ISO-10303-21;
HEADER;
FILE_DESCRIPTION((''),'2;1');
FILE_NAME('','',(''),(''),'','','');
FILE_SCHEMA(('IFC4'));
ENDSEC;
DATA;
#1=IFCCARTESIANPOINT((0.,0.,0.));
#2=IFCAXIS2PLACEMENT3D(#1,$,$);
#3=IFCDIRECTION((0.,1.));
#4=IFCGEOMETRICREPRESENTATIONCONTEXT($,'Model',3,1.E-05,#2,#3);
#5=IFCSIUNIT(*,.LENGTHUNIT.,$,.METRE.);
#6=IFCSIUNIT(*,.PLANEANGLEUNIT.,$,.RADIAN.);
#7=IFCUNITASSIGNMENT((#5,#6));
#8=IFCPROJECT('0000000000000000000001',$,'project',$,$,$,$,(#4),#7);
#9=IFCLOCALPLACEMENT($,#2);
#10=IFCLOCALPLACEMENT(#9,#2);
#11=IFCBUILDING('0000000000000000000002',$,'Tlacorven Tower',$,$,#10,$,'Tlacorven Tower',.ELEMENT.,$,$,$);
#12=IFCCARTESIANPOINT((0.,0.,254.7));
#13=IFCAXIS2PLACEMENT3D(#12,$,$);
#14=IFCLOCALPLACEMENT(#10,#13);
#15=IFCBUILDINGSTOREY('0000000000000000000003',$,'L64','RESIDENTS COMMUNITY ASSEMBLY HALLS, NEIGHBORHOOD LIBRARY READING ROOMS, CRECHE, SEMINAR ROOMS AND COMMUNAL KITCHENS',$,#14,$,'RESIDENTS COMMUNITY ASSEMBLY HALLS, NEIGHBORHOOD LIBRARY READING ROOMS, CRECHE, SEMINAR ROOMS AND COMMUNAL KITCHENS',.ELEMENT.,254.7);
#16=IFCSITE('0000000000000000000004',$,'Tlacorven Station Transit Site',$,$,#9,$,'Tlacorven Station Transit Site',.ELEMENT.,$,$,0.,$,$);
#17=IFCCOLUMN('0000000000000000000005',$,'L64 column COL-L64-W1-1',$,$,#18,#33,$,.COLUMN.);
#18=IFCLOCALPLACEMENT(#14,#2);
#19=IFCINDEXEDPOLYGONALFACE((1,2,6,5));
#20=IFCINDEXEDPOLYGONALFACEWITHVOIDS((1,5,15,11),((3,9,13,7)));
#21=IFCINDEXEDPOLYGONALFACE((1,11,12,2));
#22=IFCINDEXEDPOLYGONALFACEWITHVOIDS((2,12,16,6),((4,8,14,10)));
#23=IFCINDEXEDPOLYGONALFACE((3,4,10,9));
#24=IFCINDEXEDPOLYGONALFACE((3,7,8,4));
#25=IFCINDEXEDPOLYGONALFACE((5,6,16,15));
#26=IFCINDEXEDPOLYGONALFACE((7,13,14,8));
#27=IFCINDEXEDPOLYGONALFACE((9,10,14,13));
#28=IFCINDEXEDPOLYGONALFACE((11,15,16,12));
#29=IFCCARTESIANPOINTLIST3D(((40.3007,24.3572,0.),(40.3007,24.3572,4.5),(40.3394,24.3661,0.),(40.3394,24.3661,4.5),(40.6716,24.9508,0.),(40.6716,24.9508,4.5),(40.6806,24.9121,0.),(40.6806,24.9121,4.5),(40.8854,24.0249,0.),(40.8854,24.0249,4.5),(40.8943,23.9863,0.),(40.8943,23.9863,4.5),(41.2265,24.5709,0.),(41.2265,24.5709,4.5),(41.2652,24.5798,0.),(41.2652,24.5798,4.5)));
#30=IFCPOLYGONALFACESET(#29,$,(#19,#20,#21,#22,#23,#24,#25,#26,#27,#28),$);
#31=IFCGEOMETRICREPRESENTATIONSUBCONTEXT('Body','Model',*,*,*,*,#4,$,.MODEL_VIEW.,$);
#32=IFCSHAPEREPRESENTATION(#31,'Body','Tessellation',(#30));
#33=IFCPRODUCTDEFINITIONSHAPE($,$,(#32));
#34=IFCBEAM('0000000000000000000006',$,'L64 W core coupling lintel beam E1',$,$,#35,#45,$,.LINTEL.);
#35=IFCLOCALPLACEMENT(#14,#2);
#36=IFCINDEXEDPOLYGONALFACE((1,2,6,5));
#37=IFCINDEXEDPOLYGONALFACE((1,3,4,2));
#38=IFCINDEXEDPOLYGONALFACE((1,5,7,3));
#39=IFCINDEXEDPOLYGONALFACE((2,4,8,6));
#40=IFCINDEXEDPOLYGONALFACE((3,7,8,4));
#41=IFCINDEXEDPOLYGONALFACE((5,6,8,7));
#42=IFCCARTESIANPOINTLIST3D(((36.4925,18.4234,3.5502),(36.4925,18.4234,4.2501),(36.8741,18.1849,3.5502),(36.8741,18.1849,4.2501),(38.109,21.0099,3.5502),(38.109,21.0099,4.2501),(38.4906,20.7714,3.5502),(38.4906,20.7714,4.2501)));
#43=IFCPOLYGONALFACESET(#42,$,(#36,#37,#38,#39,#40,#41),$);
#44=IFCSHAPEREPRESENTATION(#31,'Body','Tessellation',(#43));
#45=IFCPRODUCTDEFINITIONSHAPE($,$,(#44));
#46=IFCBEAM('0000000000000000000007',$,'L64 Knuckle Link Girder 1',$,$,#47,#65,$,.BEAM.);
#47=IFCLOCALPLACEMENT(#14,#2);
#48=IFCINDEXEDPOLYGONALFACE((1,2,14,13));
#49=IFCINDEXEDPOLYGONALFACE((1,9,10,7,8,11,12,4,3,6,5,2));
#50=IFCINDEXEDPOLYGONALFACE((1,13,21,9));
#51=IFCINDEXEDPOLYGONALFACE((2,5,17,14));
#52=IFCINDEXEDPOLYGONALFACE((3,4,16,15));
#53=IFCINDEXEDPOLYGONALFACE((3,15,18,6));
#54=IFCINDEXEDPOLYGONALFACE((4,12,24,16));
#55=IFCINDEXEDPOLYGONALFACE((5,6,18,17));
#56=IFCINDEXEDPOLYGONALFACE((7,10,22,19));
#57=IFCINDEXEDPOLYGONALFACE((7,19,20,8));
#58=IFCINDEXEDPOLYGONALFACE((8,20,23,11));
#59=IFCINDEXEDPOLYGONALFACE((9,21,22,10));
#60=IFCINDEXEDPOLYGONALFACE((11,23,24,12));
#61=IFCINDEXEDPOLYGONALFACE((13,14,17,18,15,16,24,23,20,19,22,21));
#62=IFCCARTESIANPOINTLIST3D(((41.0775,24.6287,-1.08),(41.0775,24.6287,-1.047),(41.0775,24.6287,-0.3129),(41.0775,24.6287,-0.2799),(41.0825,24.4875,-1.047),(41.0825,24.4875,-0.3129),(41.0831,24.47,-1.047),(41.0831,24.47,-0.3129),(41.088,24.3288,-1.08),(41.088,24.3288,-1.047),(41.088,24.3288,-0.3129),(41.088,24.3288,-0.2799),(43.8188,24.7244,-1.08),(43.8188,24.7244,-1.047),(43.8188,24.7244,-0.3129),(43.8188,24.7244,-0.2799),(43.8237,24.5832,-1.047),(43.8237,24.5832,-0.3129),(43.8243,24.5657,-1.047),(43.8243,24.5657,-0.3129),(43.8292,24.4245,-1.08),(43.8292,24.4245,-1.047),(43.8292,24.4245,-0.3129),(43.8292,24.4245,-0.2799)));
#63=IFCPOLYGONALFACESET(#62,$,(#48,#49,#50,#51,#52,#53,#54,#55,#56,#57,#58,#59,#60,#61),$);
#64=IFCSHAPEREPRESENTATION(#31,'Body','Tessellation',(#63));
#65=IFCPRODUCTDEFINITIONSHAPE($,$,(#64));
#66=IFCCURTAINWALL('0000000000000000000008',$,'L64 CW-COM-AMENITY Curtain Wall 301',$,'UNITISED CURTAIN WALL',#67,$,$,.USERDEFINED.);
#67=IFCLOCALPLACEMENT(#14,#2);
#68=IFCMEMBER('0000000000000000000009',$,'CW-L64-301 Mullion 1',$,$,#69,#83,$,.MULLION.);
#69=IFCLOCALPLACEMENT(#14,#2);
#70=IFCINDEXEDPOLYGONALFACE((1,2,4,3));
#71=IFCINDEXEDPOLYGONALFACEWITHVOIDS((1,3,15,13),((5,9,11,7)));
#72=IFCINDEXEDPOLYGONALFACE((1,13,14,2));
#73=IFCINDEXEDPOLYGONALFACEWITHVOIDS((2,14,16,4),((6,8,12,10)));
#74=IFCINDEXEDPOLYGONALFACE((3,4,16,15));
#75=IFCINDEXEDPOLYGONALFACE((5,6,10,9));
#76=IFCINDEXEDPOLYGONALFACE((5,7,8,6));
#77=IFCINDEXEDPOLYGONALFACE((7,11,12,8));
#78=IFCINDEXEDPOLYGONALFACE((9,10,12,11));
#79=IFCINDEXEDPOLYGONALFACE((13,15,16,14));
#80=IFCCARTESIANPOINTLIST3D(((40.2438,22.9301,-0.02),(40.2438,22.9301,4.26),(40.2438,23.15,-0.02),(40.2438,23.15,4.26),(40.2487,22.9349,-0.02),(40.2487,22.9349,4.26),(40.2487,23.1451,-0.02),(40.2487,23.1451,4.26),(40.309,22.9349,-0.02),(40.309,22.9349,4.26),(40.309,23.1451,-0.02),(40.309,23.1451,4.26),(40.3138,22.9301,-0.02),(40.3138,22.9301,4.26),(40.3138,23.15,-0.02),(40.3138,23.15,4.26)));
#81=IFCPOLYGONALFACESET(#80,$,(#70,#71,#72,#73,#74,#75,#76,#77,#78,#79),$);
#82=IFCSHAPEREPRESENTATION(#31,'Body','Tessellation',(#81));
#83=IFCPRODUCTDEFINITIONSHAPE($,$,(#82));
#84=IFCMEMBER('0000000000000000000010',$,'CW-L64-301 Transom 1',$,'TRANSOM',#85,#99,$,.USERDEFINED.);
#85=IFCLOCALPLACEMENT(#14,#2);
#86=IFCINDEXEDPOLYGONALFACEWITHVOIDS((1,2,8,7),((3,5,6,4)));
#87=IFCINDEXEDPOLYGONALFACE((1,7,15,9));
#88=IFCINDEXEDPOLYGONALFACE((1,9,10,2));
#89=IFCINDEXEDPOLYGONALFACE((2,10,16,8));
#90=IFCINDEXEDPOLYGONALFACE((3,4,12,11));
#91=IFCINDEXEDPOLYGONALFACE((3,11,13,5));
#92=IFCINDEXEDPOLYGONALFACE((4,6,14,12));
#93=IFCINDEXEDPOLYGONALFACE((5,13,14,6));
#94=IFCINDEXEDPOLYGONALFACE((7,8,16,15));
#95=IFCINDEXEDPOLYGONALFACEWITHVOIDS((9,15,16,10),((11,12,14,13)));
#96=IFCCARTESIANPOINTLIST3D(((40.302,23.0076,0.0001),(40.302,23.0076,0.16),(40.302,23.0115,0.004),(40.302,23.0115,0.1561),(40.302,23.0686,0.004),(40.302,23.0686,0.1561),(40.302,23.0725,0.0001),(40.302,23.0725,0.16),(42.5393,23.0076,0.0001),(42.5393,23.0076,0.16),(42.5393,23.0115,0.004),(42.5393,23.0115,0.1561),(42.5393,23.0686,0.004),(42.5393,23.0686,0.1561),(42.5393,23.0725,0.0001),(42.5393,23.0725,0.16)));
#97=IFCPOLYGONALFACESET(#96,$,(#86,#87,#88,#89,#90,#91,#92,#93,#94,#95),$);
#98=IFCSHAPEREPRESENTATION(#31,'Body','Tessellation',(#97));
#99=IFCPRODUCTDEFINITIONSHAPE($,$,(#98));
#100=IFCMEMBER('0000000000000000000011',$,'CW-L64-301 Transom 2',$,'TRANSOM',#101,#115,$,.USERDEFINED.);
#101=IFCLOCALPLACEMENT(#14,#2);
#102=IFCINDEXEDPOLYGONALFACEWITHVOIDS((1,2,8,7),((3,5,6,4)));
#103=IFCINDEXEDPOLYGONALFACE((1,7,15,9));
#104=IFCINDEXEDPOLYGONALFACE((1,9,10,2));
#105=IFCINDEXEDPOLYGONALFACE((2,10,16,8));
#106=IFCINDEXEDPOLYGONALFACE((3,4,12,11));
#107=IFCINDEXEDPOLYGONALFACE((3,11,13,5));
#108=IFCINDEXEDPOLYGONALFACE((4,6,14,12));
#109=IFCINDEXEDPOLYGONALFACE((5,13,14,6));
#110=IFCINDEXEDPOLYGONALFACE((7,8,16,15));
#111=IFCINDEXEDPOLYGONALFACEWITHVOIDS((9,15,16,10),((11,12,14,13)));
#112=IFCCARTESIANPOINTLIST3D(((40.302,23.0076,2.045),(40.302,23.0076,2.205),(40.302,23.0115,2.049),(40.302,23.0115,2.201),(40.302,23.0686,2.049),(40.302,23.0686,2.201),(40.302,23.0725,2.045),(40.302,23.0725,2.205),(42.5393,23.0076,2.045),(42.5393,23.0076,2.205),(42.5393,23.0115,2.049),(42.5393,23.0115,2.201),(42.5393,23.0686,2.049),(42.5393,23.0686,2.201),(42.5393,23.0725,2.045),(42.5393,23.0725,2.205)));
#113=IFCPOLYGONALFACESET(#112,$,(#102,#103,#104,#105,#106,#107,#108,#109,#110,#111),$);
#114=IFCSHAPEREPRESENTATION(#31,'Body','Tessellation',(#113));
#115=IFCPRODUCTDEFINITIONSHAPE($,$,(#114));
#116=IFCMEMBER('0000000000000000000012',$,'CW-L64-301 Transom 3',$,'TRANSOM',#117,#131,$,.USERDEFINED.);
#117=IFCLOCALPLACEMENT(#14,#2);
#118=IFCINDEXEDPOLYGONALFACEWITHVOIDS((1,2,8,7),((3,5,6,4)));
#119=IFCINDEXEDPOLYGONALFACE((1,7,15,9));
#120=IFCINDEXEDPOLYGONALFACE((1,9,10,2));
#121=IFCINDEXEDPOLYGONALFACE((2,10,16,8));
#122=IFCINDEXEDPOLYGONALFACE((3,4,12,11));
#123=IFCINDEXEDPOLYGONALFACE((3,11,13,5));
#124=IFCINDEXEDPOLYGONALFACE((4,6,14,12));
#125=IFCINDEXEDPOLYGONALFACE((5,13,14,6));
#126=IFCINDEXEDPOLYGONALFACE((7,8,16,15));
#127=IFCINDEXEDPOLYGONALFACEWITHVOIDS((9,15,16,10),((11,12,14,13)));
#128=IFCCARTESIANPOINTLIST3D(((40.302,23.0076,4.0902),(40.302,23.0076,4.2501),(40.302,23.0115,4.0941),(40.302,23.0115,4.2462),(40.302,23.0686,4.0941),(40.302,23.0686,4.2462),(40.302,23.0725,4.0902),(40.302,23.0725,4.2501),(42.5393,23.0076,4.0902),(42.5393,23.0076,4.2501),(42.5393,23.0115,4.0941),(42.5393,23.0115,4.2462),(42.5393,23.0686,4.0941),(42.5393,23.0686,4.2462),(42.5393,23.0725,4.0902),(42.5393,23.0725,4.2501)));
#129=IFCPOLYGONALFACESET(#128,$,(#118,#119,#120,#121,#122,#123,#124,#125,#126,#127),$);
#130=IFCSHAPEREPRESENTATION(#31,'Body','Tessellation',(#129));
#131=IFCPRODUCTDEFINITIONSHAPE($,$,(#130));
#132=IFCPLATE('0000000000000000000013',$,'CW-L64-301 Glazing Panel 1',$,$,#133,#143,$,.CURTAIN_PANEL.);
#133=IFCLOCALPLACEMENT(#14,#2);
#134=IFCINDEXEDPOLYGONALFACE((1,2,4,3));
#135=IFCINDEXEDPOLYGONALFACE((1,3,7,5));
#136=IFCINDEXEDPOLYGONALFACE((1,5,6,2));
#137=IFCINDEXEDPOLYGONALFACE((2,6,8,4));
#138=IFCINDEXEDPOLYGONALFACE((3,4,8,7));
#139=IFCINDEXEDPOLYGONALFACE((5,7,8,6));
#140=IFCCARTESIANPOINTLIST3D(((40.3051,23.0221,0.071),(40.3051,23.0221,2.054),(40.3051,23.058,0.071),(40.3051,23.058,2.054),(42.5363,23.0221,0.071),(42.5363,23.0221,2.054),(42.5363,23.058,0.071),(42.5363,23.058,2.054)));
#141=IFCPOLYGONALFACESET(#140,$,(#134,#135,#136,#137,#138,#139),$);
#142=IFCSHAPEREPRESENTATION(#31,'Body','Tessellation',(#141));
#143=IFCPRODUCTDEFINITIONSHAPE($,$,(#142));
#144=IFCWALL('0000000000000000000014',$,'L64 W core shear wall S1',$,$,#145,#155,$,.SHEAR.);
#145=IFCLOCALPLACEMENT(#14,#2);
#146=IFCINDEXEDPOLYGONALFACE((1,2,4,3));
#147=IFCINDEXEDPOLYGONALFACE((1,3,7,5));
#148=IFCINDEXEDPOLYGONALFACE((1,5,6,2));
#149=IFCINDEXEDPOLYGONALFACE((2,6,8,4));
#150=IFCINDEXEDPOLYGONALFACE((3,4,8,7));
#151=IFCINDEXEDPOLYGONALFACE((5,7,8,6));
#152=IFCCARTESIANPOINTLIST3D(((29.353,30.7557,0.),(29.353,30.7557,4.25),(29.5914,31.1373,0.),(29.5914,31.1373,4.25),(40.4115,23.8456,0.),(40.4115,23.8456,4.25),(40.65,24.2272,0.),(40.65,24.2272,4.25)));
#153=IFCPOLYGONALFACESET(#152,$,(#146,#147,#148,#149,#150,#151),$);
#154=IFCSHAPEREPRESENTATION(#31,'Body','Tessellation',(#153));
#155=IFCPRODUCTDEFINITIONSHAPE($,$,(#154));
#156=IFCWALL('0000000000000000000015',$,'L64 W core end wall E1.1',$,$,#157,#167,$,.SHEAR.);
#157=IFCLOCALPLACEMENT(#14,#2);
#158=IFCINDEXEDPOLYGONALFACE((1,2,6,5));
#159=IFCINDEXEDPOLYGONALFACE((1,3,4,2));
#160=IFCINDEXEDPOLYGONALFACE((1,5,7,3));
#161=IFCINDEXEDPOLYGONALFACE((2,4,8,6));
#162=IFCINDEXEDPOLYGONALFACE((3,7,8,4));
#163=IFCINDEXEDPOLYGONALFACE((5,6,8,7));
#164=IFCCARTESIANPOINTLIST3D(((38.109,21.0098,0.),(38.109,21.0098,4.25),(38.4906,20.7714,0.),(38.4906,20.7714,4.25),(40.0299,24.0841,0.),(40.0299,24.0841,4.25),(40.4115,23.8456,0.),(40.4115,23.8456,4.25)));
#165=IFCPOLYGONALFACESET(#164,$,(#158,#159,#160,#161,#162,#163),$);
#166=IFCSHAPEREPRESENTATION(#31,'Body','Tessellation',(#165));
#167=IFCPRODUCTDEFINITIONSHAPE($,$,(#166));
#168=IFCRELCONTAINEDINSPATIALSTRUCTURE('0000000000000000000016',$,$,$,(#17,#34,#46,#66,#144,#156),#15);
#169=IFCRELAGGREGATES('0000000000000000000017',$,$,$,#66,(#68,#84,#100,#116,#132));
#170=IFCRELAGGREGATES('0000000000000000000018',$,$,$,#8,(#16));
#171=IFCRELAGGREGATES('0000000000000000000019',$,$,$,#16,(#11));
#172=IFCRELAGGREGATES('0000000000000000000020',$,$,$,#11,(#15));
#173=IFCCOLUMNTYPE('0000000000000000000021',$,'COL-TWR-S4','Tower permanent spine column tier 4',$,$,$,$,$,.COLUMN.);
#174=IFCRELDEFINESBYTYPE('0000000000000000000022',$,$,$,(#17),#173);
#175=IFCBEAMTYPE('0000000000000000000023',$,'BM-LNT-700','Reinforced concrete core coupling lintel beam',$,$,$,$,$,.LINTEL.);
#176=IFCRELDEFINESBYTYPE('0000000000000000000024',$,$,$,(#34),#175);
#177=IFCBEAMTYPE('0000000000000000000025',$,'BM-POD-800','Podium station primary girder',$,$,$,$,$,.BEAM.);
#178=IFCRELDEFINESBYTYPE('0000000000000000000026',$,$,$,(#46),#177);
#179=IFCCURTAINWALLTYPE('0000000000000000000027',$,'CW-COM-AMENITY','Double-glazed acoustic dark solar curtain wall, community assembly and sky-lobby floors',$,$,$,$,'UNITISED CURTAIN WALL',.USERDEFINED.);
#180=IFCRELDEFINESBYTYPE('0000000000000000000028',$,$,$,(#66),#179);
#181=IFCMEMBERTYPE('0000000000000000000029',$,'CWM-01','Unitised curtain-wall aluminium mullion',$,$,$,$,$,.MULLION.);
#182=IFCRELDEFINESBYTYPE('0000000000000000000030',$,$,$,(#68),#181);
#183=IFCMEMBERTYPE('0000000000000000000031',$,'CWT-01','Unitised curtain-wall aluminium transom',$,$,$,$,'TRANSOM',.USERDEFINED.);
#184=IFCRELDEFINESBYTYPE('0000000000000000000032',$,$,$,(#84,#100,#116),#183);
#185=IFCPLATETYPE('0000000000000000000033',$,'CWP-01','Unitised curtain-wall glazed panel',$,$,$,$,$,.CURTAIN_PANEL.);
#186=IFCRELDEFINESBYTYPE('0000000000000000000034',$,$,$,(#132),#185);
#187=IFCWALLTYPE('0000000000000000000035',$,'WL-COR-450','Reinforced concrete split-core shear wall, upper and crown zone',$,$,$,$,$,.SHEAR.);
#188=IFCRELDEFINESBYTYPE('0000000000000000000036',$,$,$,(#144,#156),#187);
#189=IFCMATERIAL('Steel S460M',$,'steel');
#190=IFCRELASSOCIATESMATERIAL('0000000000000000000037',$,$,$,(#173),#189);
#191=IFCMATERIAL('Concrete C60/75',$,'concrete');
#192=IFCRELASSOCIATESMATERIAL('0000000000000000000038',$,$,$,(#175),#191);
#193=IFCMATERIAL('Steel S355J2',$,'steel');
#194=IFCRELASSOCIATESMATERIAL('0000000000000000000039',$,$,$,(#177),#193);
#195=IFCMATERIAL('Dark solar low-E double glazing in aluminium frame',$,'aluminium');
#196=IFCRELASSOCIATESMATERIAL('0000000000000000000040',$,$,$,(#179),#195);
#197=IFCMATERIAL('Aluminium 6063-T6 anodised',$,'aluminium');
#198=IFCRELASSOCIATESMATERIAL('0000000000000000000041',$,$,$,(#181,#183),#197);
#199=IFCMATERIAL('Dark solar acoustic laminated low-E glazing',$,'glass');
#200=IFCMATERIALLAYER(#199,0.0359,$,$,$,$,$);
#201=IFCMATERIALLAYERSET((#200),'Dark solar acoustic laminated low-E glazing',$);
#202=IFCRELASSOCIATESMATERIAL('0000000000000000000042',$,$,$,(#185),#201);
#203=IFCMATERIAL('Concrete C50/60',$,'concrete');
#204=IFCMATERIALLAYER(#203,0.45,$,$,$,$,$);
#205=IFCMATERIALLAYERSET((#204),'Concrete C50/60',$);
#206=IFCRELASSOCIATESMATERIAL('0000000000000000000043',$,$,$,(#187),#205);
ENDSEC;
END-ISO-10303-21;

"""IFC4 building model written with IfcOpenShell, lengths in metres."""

from ifc_helpers import new_model, si_unit, direction, frame, frame_2d, origin, origin_2d, place, context, subcontext, project, spatial, rectangle, hollow_rectangle, i_section, extrude, source, transform, mapped, material, layer, layer_set, material_profile, profile_set, type_object, element, aggregate, save


model = new_model("IFC4")

# Units and contexts
model_context = context("Model", 3, precision=1e-05, world=origin(), true_north=direction((0.0, 1.0)))
body_context = subcontext(model_context, "Body", "Model", "MODEL_VIEW")
ifc_project = project(units=[si_unit("LENGTHUNIT", "METRE"), si_unit("PLANEANGLEUNIT", "RADIAN")], contexts=[model_context])

# Site, building, storey
site_placement = place(None, origin())
site = spatial("IfcSite", under=ifc_project, at=site_placement, Name="Tlacorven Station Transit Site", LongName="Tlacorven Station Transit Site", CompositionType="ELEMENT", RefElevation=0.0)
building_placement = place(site_placement, origin())
building = spatial("IfcBuilding", under=site, at=building_placement, Name="Tlacorven Tower", LongName="Tlacorven Tower", CompositionType="ELEMENT")
storey_placement = place(building_placement, frame((0.0, 0.0, 254.7)))
storey = spatial("IfcBuildingStorey", under=building, at=storey_placement, Name="L64", Description="RESIDENTS COMMUNITY ASSEMBLY HALLS, NEIGHBORHOOD LIBRARY READING ROOMS, CRECHE, SEMINAR ROOMS AND COMMUNAL KITCHENS", LongName="RESIDENTS COMMUNITY ASSEMBLY HALLS, NEIGHBORHOOD LIBRARY READING ROOMS, CRECHE, SEMINAR ROOMS AND COMMUNAL KITCHENS", CompositionType="ELEMENT", Elevation=254.7)

# Column
ifc_material_1 = material(Name="Steel S460M", Category="steel")
ifc_material_profile_1 = material_profile(ifc_material_1, hollow_rectangle(XDim=0.7, YDim=0.7, WallThickness=0.0281, at=origin_2d()), Name="BOX 700X700X28")
ifc_profile_set_1 = profile_set([ifc_material_profile_1], Name="Steel S460M")
column_type = type_object("IfcColumnType", Name="COL-TWR-S4", Description="Tower permanent spine column tier 4", PredefinedType="COLUMN", material=ifc_profile_set_1)
shared_shape_1 = source(origin(), body_context, "Body", "SweptSolid", [
    extrude(hollow_rectangle(XDim=0.7, YDim=0.7, WallThickness=0.0281, at=origin_2d()), origin(), (0.0, 0.0, 1.0), 4.5),
])
column_placement = place(storey_placement, frame((40.783, 24.4685, 0.0), z_axis=(0.0, 0.0, 1.0), x_axis=(-0.848048, 0.529919, 0.0)))
element("IfcColumn", 1, at=column_placement, inside=storey, type_object=column_type, Name="L64 column COL-L64-W1-1", PredefinedType="COLUMN", context=body_context, shape_type="MappedRepresentation", body=[
    mapped(shared_shape_1, transform((0.0, 0.0, 0.0), scale=1.0)),
])

# Beams
ifc_material_2 = material(Name="Concrete C60/75", Category="concrete")
ifc_material_profile_2 = material_profile(ifc_material_2, rectangle(XDim=0.45, YDim=0.7, at=origin_2d()), Name="RC 450X700")
ifc_profile_set_2 = profile_set([ifc_material_profile_2], Name="Concrete C60/75")
beam_type_1 = type_object("IfcBeamType", Name="BM-LNT-700", Description="Reinforced concrete core coupling lintel beam", PredefinedType="LINTEL", material=ifc_profile_set_2)
shared_shape_2 = source(origin(), body_context, "Body", "SweptSolid", [
    extrude(rectangle(XDim=0.45, YDim=0.7, at=origin_2d()), origin(), (0.0, 0.0, 1.0), 3.05),
])
beam_1_placement = place(storey_placement, frame((38.2998, 20.8906, 3.9001), z_axis=(-0.529985, -0.848007, 0.0), x_axis=(0.848007, -0.529985, 0.0)))
element("IfcBeam", 2, at=beam_1_placement, inside=storey, type_object=beam_type_1, Name="L64 W core coupling lintel beam E1", PredefinedType="LINTEL", context=body_context, shape_type="MappedRepresentation", body=[
    mapped(shared_shape_2, transform((0.0, 0.0, 0.0), scale=1.0)),
])
ifc_material_3 = material(Name="Steel S355J2", Category="steel")
ifc_material_profile_3 = material_profile(ifc_material_3, i_section(OverallWidth=0.3, OverallDepth=0.8, WebThickness=0.0176, FlangeThickness=0.033, at=origin_2d()), Name="HEB 800")
ifc_profile_set_3 = profile_set([ifc_material_profile_3], Name="Steel S355J2")
beam_type_2 = type_object("IfcBeamType", Name="BM-POD-800", Description="Podium station primary girder", PredefinedType="BEAM", material=ifc_profile_set_3)
shared_shape_3 = source(origin(), body_context, "Body", "SweptSolid", [
    extrude(i_section(OverallWidth=0.3, OverallDepth=0.8, WebThickness=0.0176, FlangeThickness=0.033, at=origin_2d()), origin(), (0.0, 0.0, 1.0), 2.7429),
])
beam_2_placement = place(storey_placement, frame((41.0828, 24.4788, -0.6799), z_axis=(0.999391, 0.034891, 0.0), x_axis=(-0.034891, 0.999391, 0.0)))
element("IfcBeam", 3, at=beam_2_placement, inside=storey, type_object=beam_type_2, Name="L64 Knuckle Link Girder 1", PredefinedType="BEAM", context=body_context, shape_type="MappedRepresentation", body=[
    mapped(shared_shape_3, transform((0.0, 0.0, 0.0), scale=1.0)),
])

# Curtain wall, members, plate
ifc_material_4 = material(Name="Dark solar low-E double glazing in aluminium frame", Category="aluminium")
curtain_wall_type = type_object("IfcCurtainWallType", Name="CW-COM-AMENITY", Description="Double-glazed acoustic dark solar curtain wall, community assembly and sky-lobby floors", ElementType="UNITISED CURTAIN WALL", PredefinedType="USERDEFINED", material=ifc_material_4)
curtain_wall_placement = place(storey_placement, origin())
curtain_wall = element("IfcCurtainWall", 4, at=curtain_wall_placement, inside=storey, type_object=curtain_wall_type, Name="L64 CW-COM-AMENITY Curtain Wall 301", ObjectType="UNITISED CURTAIN WALL", PredefinedType="USERDEFINED")
ifc_material_5 = material(Name="Aluminium 6063-T6 anodised", Category="aluminium")
ifc_material_profile_4 = material_profile(ifc_material_5, hollow_rectangle(XDim=0.0701, YDim=0.22, WallThickness=0.0049, at=origin_2d()), Name="ALU MULLION 70X220")
ifc_profile_set_4 = profile_set([ifc_material_profile_4], Name="Aluminium 6063-T6 anodised")
member_type_1 = type_object("IfcMemberType", Name="CWM-01", Description="Unitised curtain-wall aluminium mullion", PredefinedType="MULLION", material=ifc_profile_set_4)
shared_shape_4 = source(origin(), body_context, "Body", "SweptSolid", [
    extrude(hollow_rectangle(XDim=0.0701, YDim=0.22, WallThickness=0.0049, at=origin_2d()), origin(), (0.0, 0.0, 1.0), 4.28),
])
member_1_placement = place(storey_placement, frame((40.2788, 23.04, -0.02), z_axis=(0.0, 0.0, 1.0), x_axis=(1.0, 0.0, 0.0)))
member_1 = element("IfcMember", 5, at=member_1_placement, type_object=member_type_1, Name="CW-L64-301 Mullion 1", PredefinedType="MULLION", context=body_context, shape_type="MappedRepresentation", body=[
    mapped(shared_shape_4, transform((0.0, 0.0, 0.0), scale=1.0)),
])
ifc_material_profile_5 = material_profile(ifc_material_5, hollow_rectangle(XDim=0.0649, YDim=0.1599, WallThickness=0.0039, at=origin_2d()), Name="ALU TRANSOM 65X160")
ifc_profile_set_5 = profile_set([ifc_material_profile_5], Name="Aluminium 6063-T6 anodised")
member_type_2 = type_object("IfcMemberType", Name="CWT-01", Description="Unitised curtain-wall aluminium transom", ElementType="TRANSOM", PredefinedType="USERDEFINED", material=ifc_profile_set_5)
shared_shape_5 = source(origin(), body_context, "Body", "SweptSolid", [
    extrude(hollow_rectangle(XDim=0.0649, YDim=0.1599, WallThickness=0.0039, at=origin_2d()), origin(), (0.0, 0.0, 1.0), 2.2373),
])
member_2_placement = place(storey_placement, frame((40.302, 23.04, 0.0801), z_axis=(1.0, 0.0, 0.0), x_axis=(0.0, 1.0, 0.0)))
member_2 = element("IfcMember", 6, at=member_2_placement, type_object=member_type_2, Name="CW-L64-301 Transom 1", ObjectType="TRANSOM", PredefinedType="USERDEFINED", context=body_context, shape_type="MappedRepresentation", body=[
    mapped(shared_shape_5, transform((0.0, 0.0, 0.0), scale=1.0)),
])
member_3_placement = place(storey_placement, frame((40.302, 23.04, 2.125), z_axis=(1.0, 0.0, 0.0), x_axis=(0.0, 1.0, 0.0)))
member_3 = element("IfcMember", 7, at=member_3_placement, type_object=member_type_2, Name="CW-L64-301 Transom 2", ObjectType="TRANSOM", PredefinedType="USERDEFINED", context=body_context, shape_type="MappedRepresentation", body=[
    mapped(shared_shape_5, transform((0.0, 0.0, 0.0), scale=1.0)),
])
member_4_placement = place(storey_placement, frame((40.302, 23.04, 4.1702), z_axis=(1.0, 0.0, 0.0), x_axis=(0.0, 1.0, 0.0)))
member_4 = element("IfcMember", 8, at=member_4_placement, type_object=member_type_2, Name="CW-L64-301 Transom 3", ObjectType="TRANSOM", PredefinedType="USERDEFINED", context=body_context, shape_type="MappedRepresentation", body=[
    mapped(shared_shape_5, transform((0.0, 0.0, 0.0), scale=1.0)),
])
ifc_material_6 = material(Name="Dark solar acoustic laminated low-E glazing", Category="glass")
ifc_layer_1 = layer(ifc_material_6, 0.0359)
ifc_layer_set_1 = layer_set([ifc_layer_1], Name="Dark solar acoustic laminated low-E glazing")
plate_type = type_object("IfcPlateType", Name="CWP-01", Description="Unitised curtain-wall glazed panel", PredefinedType="CURTAIN_PANEL", material=ifc_layer_set_1)
shared_shape_6 = source(origin(), body_context, "Body", "SweptSolid", [
    extrude(rectangle(XDim=2.2312, YDim=0.0359, at=origin_2d()), origin(), (0.0, 0.0, 1.0), 1.9829),
])
plate_placement = place(storey_placement, frame((41.4207, 23.04, 0.071), z_axis=(0.0, 0.0, 1.0), x_axis=(1.0, 0.0, 0.0)))
plate = element("IfcPlate", 9, at=plate_placement, type_object=plate_type, Name="CW-L64-301 Glazing Panel 1", PredefinedType="CURTAIN_PANEL", context=body_context, shape_type="MappedRepresentation", body=[
    mapped(shared_shape_6, transform((0.0, 0.0, 0.0), scale=1.0)),
])
aggregate(curtain_wall, [member_1, member_2, member_3, member_4, plate])

# Walls
ifc_material_7 = material(Name="Concrete C50/60", Category="concrete")
ifc_layer_2 = layer(ifc_material_7, 0.45)
ifc_layer_set_2 = layer_set([ifc_layer_2], Name="Concrete C50/60")
wall_type_1 = type_object("IfcWallType", Name="WL-COR-450", Description="Reinforced concrete split-core shear wall, upper and crown zone", PredefinedType="SHEAR", material=ifc_layer_set_2)
wall_1_placement = place(storey_placement, frame((40.5308, 24.0364, 0.0), z_axis=(0.0, 0.0, 1.0), x_axis=(-0.848049, 0.529918, 0.0)))
element("IfcWall", 10, at=wall_1_placement, inside=storey, type_object=wall_type_1, Name="L64 W core shear wall S1", PredefinedType="SHEAR", context=body_context, shape_type="SweptSolid", body=[
    extrude(rectangle(XDim=13.04, YDim=0.45, at=frame_2d((6.52, 0.0))), origin(), (0.0, 0.0, 1.0), 4.25),
])
wall_2_placement = place(storey_placement, frame((40.2207, 23.9648, 0.0), z_axis=(0.0, 0.0, 1.0), x_axis=(-0.529902, -0.848059, 0.0)))
element("IfcWall", 11, at=wall_2_placement, inside=storey, type_object=wall_type_1, Name="L64 W core end wall E1.1", PredefinedType="SHEAR", context=body_context, shape_type="SweptSolid", body=[
    extrude(rectangle(XDim=3.625, YDim=0.45, at=frame_2d((1.8125, 0.0))), origin(), (0.0, 0.0, 1.0), 4.25),
])

save(model, "model.ifc")
